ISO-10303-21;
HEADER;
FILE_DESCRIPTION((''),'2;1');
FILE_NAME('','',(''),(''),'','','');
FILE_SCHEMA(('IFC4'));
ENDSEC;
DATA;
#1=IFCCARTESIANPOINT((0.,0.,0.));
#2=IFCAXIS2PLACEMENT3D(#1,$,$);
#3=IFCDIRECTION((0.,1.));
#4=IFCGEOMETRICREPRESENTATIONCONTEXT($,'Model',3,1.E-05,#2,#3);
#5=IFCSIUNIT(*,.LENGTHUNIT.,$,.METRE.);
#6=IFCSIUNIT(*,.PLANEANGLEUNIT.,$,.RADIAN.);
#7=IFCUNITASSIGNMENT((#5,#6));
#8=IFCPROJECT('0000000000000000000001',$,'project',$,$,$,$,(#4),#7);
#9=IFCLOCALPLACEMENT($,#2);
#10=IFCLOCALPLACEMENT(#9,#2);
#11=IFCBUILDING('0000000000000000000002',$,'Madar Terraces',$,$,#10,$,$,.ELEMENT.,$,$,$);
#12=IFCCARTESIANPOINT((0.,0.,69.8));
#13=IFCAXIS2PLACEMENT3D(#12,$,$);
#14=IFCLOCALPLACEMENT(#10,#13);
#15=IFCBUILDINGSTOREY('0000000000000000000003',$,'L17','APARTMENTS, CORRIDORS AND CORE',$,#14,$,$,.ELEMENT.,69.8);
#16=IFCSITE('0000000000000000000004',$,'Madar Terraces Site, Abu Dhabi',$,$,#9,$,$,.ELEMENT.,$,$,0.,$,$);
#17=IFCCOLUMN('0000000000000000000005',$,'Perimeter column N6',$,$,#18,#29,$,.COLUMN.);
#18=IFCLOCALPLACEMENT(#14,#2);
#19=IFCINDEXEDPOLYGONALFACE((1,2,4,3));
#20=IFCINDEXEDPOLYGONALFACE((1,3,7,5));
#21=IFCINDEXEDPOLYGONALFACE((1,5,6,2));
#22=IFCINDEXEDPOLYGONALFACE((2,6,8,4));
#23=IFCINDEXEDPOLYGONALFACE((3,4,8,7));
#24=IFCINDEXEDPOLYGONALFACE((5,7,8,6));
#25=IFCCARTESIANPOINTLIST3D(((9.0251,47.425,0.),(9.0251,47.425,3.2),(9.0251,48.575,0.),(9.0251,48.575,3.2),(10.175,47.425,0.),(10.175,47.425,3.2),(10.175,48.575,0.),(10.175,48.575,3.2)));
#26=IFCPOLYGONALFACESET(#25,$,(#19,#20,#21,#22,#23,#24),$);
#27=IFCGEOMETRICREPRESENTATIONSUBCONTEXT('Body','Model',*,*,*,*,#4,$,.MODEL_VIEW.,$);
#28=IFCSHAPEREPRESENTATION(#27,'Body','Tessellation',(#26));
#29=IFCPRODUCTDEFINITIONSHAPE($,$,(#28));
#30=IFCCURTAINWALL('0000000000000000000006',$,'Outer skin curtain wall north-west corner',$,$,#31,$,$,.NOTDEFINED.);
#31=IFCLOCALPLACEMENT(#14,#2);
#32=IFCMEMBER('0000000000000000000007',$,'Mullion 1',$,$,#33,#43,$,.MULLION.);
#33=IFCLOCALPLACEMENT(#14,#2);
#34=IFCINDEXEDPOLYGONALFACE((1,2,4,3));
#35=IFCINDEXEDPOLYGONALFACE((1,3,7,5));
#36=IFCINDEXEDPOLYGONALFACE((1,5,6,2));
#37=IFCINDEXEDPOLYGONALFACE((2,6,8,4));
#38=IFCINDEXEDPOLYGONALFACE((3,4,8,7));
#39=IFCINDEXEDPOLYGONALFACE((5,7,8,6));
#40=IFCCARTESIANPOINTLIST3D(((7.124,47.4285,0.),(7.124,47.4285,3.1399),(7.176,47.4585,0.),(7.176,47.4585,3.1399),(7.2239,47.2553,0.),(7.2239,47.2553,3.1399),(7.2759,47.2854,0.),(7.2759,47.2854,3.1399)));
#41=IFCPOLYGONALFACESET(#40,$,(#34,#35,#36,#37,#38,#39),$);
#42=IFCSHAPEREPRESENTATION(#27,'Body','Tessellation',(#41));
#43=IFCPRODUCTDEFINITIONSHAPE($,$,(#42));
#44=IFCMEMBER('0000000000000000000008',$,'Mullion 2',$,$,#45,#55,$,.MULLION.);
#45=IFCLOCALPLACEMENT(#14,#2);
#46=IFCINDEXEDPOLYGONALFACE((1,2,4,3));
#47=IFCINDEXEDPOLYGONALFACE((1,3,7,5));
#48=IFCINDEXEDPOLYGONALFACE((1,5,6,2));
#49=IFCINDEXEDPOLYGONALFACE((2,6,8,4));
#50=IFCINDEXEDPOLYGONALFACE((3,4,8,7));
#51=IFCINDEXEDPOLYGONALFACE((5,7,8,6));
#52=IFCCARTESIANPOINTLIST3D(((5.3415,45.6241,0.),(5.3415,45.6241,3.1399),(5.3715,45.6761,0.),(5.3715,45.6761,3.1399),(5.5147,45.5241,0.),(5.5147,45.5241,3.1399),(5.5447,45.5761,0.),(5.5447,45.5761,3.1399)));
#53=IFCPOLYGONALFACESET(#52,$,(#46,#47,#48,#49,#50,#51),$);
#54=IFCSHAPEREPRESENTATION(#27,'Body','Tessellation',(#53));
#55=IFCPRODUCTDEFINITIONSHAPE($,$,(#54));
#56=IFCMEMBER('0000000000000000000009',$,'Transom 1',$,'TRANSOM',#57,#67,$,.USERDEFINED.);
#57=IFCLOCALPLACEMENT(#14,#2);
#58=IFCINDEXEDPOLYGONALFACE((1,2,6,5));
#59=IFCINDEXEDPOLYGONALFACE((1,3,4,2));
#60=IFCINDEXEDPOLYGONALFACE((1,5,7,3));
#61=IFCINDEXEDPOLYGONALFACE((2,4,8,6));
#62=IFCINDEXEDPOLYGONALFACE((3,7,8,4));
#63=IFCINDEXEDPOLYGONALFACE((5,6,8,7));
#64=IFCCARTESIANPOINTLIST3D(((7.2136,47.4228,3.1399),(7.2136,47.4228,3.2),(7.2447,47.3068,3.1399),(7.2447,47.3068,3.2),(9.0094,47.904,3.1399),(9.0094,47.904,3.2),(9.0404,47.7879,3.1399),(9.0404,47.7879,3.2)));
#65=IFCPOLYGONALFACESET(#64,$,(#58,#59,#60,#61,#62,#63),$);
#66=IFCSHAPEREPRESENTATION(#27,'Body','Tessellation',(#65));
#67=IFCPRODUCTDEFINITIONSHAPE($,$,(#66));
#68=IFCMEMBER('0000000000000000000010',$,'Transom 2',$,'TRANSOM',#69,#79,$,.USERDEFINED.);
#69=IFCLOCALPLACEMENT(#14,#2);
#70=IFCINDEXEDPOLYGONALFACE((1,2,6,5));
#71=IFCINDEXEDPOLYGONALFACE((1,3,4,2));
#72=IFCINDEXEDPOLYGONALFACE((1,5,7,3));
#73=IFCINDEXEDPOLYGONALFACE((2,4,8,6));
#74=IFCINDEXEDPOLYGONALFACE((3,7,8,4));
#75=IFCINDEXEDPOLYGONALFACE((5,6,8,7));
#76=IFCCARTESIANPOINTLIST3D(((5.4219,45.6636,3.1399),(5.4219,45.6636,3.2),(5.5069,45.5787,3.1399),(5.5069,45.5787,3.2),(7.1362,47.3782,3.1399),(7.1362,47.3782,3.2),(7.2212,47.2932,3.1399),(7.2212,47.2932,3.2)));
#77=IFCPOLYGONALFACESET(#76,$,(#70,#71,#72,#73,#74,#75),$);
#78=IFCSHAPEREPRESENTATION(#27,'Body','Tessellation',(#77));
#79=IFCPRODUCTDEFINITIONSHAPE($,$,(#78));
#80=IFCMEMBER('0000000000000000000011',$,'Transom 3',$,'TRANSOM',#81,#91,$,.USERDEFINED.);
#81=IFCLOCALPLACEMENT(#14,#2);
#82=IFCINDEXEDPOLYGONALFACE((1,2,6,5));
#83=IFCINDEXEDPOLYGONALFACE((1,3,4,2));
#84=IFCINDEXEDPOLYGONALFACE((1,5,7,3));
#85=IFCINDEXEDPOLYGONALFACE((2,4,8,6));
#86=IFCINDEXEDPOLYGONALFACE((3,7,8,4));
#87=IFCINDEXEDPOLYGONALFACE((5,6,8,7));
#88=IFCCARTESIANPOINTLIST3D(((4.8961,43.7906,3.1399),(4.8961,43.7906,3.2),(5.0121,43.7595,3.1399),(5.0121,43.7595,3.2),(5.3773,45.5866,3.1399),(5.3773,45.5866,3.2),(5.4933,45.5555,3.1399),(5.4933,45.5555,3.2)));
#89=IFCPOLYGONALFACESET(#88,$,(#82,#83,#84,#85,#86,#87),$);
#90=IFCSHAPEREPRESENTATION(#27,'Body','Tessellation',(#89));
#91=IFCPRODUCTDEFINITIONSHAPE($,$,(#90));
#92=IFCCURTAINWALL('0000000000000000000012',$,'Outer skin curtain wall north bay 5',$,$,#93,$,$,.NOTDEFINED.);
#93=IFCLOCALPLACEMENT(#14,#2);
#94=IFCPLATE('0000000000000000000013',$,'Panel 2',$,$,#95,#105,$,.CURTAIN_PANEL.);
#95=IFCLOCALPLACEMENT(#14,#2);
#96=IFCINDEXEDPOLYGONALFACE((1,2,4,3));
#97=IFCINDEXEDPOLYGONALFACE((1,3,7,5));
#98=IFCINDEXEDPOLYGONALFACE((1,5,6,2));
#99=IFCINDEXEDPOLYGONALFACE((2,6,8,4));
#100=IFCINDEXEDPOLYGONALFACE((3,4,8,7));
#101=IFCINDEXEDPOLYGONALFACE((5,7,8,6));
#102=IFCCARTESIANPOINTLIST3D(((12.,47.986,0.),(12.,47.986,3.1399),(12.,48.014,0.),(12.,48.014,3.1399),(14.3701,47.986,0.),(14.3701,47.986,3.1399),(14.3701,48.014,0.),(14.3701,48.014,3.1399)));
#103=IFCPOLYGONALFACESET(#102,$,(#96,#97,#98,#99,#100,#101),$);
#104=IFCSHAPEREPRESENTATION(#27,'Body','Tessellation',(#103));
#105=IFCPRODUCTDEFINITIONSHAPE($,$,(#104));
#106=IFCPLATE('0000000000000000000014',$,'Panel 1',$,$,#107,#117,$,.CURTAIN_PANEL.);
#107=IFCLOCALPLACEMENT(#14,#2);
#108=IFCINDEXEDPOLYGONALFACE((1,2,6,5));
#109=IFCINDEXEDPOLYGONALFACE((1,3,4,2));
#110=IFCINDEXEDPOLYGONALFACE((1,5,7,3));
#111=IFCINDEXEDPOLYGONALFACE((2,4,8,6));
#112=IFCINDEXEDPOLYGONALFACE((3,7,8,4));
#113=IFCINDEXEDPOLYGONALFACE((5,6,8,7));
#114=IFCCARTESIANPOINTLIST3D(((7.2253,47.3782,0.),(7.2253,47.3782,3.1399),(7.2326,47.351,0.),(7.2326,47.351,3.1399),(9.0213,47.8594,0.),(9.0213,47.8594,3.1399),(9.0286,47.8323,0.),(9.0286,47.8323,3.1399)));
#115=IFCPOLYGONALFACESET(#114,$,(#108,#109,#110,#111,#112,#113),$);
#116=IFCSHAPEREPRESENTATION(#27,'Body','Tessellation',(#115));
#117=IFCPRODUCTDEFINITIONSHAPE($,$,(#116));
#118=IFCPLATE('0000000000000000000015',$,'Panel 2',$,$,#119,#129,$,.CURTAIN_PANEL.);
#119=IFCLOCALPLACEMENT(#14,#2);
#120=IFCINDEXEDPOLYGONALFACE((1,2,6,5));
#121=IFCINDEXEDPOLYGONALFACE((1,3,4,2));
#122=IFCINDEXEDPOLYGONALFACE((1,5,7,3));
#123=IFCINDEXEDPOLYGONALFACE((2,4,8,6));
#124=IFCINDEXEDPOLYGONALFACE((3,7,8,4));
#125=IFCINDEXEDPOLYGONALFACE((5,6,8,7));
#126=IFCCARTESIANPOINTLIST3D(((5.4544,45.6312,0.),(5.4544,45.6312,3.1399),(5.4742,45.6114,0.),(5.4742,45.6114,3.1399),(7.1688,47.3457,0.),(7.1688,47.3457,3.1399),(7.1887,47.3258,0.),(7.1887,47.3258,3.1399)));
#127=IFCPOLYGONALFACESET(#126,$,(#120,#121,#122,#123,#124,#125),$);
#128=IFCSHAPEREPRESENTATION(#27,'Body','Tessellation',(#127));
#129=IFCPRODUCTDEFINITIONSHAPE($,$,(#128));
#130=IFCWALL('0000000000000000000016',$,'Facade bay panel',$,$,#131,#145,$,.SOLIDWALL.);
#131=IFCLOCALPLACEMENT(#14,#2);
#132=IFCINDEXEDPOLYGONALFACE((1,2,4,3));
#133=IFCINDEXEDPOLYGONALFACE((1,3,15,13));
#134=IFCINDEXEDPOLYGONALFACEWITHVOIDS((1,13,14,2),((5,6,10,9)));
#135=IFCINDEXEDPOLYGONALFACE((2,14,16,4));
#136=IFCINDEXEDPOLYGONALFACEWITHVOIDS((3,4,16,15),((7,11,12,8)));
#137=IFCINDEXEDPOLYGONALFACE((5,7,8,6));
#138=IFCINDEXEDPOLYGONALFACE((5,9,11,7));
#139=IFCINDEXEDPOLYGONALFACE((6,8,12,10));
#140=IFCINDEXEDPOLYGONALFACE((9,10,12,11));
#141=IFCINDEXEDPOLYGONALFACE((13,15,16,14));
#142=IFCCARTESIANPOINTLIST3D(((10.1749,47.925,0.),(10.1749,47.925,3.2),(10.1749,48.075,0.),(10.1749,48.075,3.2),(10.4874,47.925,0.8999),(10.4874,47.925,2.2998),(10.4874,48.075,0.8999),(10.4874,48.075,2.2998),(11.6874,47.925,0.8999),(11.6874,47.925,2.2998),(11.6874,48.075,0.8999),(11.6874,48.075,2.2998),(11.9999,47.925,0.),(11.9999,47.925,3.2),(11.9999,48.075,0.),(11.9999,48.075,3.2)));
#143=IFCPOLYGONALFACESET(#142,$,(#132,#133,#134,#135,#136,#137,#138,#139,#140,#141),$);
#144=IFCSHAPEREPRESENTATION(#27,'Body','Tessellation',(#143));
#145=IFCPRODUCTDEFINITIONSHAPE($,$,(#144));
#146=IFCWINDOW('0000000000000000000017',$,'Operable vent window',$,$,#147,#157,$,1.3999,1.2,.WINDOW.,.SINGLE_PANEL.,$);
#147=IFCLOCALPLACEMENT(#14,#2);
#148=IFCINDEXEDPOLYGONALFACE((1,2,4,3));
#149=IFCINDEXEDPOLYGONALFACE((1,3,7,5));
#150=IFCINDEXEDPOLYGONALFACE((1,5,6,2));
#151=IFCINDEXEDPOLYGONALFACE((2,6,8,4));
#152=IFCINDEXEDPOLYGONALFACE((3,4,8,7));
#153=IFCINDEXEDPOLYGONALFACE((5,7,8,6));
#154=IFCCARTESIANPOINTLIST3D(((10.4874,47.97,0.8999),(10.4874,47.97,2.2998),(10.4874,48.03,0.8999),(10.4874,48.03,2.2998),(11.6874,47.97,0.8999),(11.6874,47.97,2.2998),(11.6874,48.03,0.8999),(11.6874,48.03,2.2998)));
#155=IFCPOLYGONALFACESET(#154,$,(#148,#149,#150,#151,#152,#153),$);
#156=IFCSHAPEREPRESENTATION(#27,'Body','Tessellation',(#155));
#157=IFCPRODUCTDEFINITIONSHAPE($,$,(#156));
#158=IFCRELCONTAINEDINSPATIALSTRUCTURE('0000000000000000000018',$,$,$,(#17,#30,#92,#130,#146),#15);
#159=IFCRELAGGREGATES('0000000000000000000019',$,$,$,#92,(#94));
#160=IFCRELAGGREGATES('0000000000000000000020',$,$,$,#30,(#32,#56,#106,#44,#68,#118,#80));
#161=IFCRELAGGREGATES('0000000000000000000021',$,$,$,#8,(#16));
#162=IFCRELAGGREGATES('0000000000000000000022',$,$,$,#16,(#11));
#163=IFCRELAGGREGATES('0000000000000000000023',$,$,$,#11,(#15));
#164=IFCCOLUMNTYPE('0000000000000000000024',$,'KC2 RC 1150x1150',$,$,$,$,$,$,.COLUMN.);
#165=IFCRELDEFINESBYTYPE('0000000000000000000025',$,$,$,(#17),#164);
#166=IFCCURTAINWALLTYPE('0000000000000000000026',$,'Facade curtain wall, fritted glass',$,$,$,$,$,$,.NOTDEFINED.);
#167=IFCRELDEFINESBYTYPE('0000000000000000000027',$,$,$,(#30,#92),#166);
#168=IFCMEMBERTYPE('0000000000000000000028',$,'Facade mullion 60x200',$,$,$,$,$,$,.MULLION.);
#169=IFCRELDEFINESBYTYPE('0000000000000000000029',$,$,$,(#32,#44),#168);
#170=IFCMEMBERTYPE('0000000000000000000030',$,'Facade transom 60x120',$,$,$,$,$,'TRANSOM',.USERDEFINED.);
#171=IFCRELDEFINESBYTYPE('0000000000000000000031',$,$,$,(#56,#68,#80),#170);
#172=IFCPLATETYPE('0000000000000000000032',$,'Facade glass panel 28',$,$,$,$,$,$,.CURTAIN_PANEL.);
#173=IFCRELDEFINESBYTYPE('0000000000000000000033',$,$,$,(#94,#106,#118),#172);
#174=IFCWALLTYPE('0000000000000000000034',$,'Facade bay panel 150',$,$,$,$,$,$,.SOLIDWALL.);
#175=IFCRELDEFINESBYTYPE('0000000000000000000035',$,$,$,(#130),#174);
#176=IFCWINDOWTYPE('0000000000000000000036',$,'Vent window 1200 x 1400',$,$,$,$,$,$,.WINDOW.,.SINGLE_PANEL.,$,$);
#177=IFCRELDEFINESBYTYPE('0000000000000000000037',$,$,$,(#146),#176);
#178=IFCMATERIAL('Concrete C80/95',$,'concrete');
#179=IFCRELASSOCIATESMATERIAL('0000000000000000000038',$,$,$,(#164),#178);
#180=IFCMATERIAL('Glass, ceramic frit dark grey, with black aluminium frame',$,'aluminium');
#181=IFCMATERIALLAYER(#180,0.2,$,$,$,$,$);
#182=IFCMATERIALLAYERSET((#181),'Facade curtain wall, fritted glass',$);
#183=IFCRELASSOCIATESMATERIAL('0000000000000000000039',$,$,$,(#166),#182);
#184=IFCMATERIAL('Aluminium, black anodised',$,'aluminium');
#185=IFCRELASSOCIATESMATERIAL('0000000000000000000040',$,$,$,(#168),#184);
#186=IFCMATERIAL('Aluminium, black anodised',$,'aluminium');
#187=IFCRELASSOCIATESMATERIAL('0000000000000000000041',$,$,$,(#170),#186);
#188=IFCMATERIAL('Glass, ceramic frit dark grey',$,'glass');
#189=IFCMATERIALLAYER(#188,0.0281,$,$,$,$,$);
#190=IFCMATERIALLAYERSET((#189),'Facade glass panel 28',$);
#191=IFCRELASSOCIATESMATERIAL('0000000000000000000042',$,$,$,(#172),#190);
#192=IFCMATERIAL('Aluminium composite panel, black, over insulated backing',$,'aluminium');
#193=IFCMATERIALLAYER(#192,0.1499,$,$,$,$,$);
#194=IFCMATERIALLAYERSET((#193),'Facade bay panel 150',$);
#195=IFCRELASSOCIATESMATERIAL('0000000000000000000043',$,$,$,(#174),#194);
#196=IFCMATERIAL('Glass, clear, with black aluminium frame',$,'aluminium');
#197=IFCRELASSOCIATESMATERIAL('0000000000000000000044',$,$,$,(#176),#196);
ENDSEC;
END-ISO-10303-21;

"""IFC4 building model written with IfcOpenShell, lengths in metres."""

from ifc_helpers import new_model, si_unit, direction, frame, frame_2d, origin, origin_2d, place, context, subcontext, project, spatial, rectangle, extrude, material, layer, layer_set, material_profile, profile_set, type_object, element, fill, aggregate, save


model = new_model("IFC4")

# Units and contexts
model_context = context("Model", 3, precision=1e-05, world=origin(), true_north=direction((0.0, 1.0)))
body_context = subcontext(model_context, "Body", "Model", "MODEL_VIEW")
ifc_project = project(units=[si_unit("LENGTHUNIT", "METRE"), si_unit("PLANEANGLEUNIT", "RADIAN")], contexts=[model_context])

# Site, building, storey
site_placement = place(None, origin())
site = spatial("IfcSite", under=ifc_project, at=site_placement, Name="Madar Terraces Site, Abu Dhabi", CompositionType="ELEMENT", RefElevation=0.0)
building_placement = place(site_placement, origin())
building = spatial("IfcBuilding", under=site, at=building_placement, Name="Madar Terraces", CompositionType="ELEMENT")
storey_placement = place(building_placement, frame((0.0, 0.0, 69.8)))
storey = spatial("IfcBuildingStorey", under=building, at=storey_placement, Name="L17", Description="APARTMENTS, CORRIDORS AND CORE", CompositionType="ELEMENT", Elevation=69.8)

# Column
ifc_material_1 = material(Name="Concrete C80/95", Category="concrete")
ifc_material_profile_1 = material_profile(ifc_material_1, rectangle(XDim=1.1499, YDim=1.1499, at=origin_2d()), Name="KC2 RC 1150x1150")
ifc_profile_set_1 = profile_set([ifc_material_profile_1], Name="Concrete C80/95")
column_type = type_object("IfcColumnType", Name="KC2 RC 1150x1150", PredefinedType="COLUMN", material=ifc_profile_set_1)
column_placement = place(storey_placement, frame((9.6001, 48.0, 0.0), z_axis=(0.0, 0.0, 1.0), x_axis=(1.0, 0.0, 0.0)))
element("IfcColumn", 1, at=column_placement, inside=storey, type_object=column_type, Name="Perimeter column N6", PredefinedType="COLUMN", context=body_context, shape_type="SweptSolid", body=[
    extrude(rectangle(XDim=1.1499, YDim=1.1499, at=origin_2d()), origin(), (0.0, 0.0, 1.0), 3.2),
])

# Curtain wall, members
ifc_material_2 = material(Name="Glass, ceramic frit dark grey, with black aluminium frame", Category="aluminium")
ifc_layer_1 = layer(ifc_material_2, 0.2)
ifc_layer_set_1 = layer_set([ifc_layer_1], Name="Facade curtain wall, fritted glass")
curtain_wall_type = type_object("IfcCurtainWallType", Name="Facade curtain wall, fritted glass", PredefinedType="NOTDEFINED", material=ifc_layer_set_1)
curtain_wall_1_placement = place(storey_placement, origin())
curtain_wall_1 = element("IfcCurtainWall", 2, at=curtain_wall_1_placement, inside=storey, type_object=curtain_wall_type, Name="Outer skin curtain wall north-west corner", PredefinedType="NOTDEFINED")
ifc_material_3 = material(Name="Aluminium, black anodised", Category="aluminium")
ifc_material_profile_2 = material_profile(ifc_material_3, rectangle(XDim=0.2, YDim=0.0601, at=origin_2d()), Name="Facade mullion 60x200")
ifc_profile_set_2 = profile_set([ifc_material_profile_2], Name="Aluminium, black anodised")
member_type_1 = type_object("IfcMemberType", Name="Facade mullion 60x200", PredefinedType="MULLION", material=ifc_profile_set_2)
member_1_placement = place(storey_placement, frame((7.2, 47.3569, 0.0), z_axis=(0.0, 0.0, 1.0), x_axis=(0.5, -0.866025, 0.0)))
member_1 = element("IfcMember", 3, at=member_1_placement, type_object=member_type_1, Name="Mullion 1", PredefinedType="MULLION", context=body_context, shape_type="SweptSolid", body=[
    extrude(rectangle(XDim=0.2, YDim=0.0601, at=origin_2d()), origin(), (0.0, 0.0, 1.0), 3.1399),
])
member_2_placement = place(storey_placement, frame((5.4431, 45.6001, 0.0), z_axis=(0.0, 0.0, 1.0), x_axis=(0.866025, -0.5, 0.0)))
member_2 = element("IfcMember", 4, at=member_2_placement, type_object=member_type_1, Name="Mullion 2", PredefinedType="MULLION", context=body_context, shape_type="SweptSolid", body=[
    extrude(rectangle(XDim=0.2, YDim=0.0601, at=origin_2d()), origin(), (0.0, 0.0, 1.0), 3.1399),
])
ifc_material_4 = material(Name="Aluminium, black anodised", Category="aluminium")
ifc_material_profile_3 = material_profile(ifc_material_4, rectangle(XDim=0.1201, YDim=0.0601, at=origin_2d()), Name="Facade transom 60x120")
ifc_profile_set_3 = profile_set([ifc_material_profile_3], Name="Aluminium, black anodised")
member_type_2 = type_object("IfcMemberType", Name="Facade transom 60x120", ElementType="TRANSOM", PredefinedType="USERDEFINED", material=ifc_profile_set_3)
member_3_placement = place(storey_placement, frame((9.0249, 47.8459, 3.1699), z_axis=(-0.965927, -0.258815, 0.0), x_axis=(0.258815, -0.965927, 0.0)))
member_3 = element("IfcMember", 5, at=member_3_placement, type_object=member_type_2, Name="Transom 1", ObjectType="TRANSOM", PredefinedType="USERDEFINED", context=body_context, shape_type="SweptSolid", body=[
    extrude(rectangle(XDim=0.1201, YDim=0.0601, at=origin_2d()), origin(), (0.0, 0.0, 1.0), 1.8591),
])
member_4_placement = place(storey_placement, frame((7.1787, 47.3357, 3.1699), z_axis=(-0.707056, -0.707157, 0.0), x_axis=(0.707157, -0.707056, 0.0)))
member_4 = element("IfcMember", 6, at=member_4_placement, type_object=member_type_2, Name="Transom 2", ObjectType="TRANSOM", PredefinedType="USERDEFINED", context=body_context, shape_type="SweptSolid", body=[
    extrude(rectangle(XDim=0.1201, YDim=0.0601, at=origin_2d()), origin(), (0.0, 0.0, 1.0), 2.4246),
])
member_5_placement = place(storey_placement, frame((5.4353, 45.571, 3.1699), z_axis=(-0.258782, -0.965936, 0.0), x_axis=(0.965936, -0.258782, 0.0)))
member_5 = element("IfcMember", 7, at=member_5_placement, type_object=member_type_2, Name="Transom 3", ObjectType="TRANSOM", PredefinedType="USERDEFINED", context=body_context, shape_type="SweptSolid", body=[
    extrude(rectangle(XDim=0.1201, YDim=0.0601, at=origin_2d()), origin(), (0.0, 0.0, 1.0), 1.8594),
])

# Curtain wall, plate
curtain_wall_2_placement = place(storey_placement, origin())
curtain_wall_2 = element("IfcCurtainWall", 8, at=curtain_wall_2_placement, inside=storey, type_object=curtain_wall_type, Name="Outer skin curtain wall north bay 5", PredefinedType="NOTDEFINED")
ifc_material_5 = material(Name="Glass, ceramic frit dark grey", Category="glass")
ifc_layer_2 = layer(ifc_material_5, 0.0281)
ifc_layer_set_2 = layer_set([ifc_layer_2], Name="Facade glass panel 28")
plate_type = type_object("IfcPlateType", Name="Facade glass panel 28", PredefinedType="CURTAIN_PANEL", material=ifc_layer_set_2)
plate_1_placement = place(storey_placement, frame((13.1851, 48.0, 0.0), z_axis=(0.0, 0.0, 1.0), x_axis=(-1.0, 0.0, 0.0)))
plate_1 = element("IfcPlate", 9, at=plate_1_placement, type_object=plate_type, Name="Panel 2", PredefinedType="CURTAIN_PANEL", context=body_context, shape_type="SweptSolid", body=[
    extrude(rectangle(XDim=2.3701, YDim=0.0281, at=origin_2d()), origin(), (0.0, 0.0, 1.0), 3.1399),
])
aggregate(curtain_wall_2, [plate_1])

# Plates
plate_2_placement = place(storey_placement, frame((8.127, 47.6052, 0.0), z_axis=(0.0, 0.0, 1.0), x_axis=(-0.965926, -0.258819, 0.0)))
plate_2 = element("IfcPlate", 10, at=plate_2_placement, type_object=plate_type, Name="Panel 1", PredefinedType="CURTAIN_PANEL", context=body_context, shape_type="SweptSolid", body=[
    extrude(rectangle(XDim=1.8594, YDim=0.0281, at=origin_2d()), origin(), (0.0, 0.0, 1.0), 3.1399),
])
plate_3_placement = place(storey_placement, frame((6.3215, 46.4785, 0.0), z_axis=(0.0, 0.0, 1.0), x_axis=(-0.707107, -0.707107, 0.0)))
plate_3 = element("IfcPlate", 11, at=plate_3_placement, type_object=plate_type, Name="Panel 2", PredefinedType="CURTAIN_PANEL", context=body_context, shape_type="SweptSolid", body=[
    extrude(rectangle(XDim=2.4246, YDim=0.0281, at=origin_2d()), origin(), (0.0, 0.0, 1.0), 3.1399),
])
aggregate(curtain_wall_1, [member_1, member_3, plate_2, member_2, member_4, plate_3, member_5])

# Wall, opening, window
ifc_material_6 = material(Name="Aluminium composite panel, black, over insulated backing", Category="aluminium")
ifc_layer_3 = layer(ifc_material_6, 0.1499)
ifc_layer_set_3 = layer_set([ifc_layer_3], Name="Facade bay panel 150")
wall_type = type_object("IfcWallType", Name="Facade bay panel 150", PredefinedType="SOLIDWALL", material=ifc_layer_set_3)
wall_placement = place(storey_placement, frame((12.0, 48.0, 0.0), z_axis=(0.0, 0.0, 1.0), x_axis=(-1.0, 0.0, 0.0)))
wall = element("IfcWall", 12, at=wall_placement, inside=storey, type_object=wall_type, Name="Facade bay panel", PredefinedType="SOLIDWALL", context=body_context, shape_type="SweptSolid", body=[
    extrude(rectangle(XDim=1.825, YDim=0.1499, at=frame_2d((0.9126, 0.0))), origin(), (0.0, 0.0, 1.0), 3.2),
])
opening_placement = place(wall_placement, frame((0.3125, 0.0, 0.8999)))
opening = element("IfcOpeningElement", 13, at=opening_placement, cuts=wall, PredefinedType="OPENING", context=body_context, shape_type="SweptSolid", body=[
    extrude(rectangle(XDim=1.2, YDim=1.3999, at=frame_2d((0.6001, 0.7))), frame((0.0, 0.085, 0.0), z_axis=(0.0, -1.0, 0.0), x_axis=(1.0, 0.0, 0.0)), (0.0, 0.0, 1.0), 0.1699),
])
ifc_material_7 = material(Name="Glass, clear, with black aluminium frame", Category="aluminium")
window_type = type_object("IfcWindowType", Name="Vent window 1200 x 1400", PartitioningType="SINGLE_PANEL", PredefinedType="WINDOW", material=ifc_material_7)
window_placement = place(opening_placement, origin())
window = element("IfcWindow", 14, at=window_placement, inside=storey, type_object=window_type, Name="Operable vent window", OverallHeight=1.3999, OverallWidth=1.2, PartitioningType="SINGLE_PANEL", PredefinedType="WINDOW", context=body_context, shape_type="SweptSolid", body=[
    extrude(rectangle(XDim=1.2, YDim=1.3999, at=frame_2d((0.6001, 0.7))), frame((0.0, 0.03, 0.0), z_axis=(0.0, -1.0, 0.0), x_axis=(1.0, 0.0, 0.0)), (0.0, 0.0, 1.0), 0.0601),
])
fill(opening, window)

save(model, "model.ifc")
